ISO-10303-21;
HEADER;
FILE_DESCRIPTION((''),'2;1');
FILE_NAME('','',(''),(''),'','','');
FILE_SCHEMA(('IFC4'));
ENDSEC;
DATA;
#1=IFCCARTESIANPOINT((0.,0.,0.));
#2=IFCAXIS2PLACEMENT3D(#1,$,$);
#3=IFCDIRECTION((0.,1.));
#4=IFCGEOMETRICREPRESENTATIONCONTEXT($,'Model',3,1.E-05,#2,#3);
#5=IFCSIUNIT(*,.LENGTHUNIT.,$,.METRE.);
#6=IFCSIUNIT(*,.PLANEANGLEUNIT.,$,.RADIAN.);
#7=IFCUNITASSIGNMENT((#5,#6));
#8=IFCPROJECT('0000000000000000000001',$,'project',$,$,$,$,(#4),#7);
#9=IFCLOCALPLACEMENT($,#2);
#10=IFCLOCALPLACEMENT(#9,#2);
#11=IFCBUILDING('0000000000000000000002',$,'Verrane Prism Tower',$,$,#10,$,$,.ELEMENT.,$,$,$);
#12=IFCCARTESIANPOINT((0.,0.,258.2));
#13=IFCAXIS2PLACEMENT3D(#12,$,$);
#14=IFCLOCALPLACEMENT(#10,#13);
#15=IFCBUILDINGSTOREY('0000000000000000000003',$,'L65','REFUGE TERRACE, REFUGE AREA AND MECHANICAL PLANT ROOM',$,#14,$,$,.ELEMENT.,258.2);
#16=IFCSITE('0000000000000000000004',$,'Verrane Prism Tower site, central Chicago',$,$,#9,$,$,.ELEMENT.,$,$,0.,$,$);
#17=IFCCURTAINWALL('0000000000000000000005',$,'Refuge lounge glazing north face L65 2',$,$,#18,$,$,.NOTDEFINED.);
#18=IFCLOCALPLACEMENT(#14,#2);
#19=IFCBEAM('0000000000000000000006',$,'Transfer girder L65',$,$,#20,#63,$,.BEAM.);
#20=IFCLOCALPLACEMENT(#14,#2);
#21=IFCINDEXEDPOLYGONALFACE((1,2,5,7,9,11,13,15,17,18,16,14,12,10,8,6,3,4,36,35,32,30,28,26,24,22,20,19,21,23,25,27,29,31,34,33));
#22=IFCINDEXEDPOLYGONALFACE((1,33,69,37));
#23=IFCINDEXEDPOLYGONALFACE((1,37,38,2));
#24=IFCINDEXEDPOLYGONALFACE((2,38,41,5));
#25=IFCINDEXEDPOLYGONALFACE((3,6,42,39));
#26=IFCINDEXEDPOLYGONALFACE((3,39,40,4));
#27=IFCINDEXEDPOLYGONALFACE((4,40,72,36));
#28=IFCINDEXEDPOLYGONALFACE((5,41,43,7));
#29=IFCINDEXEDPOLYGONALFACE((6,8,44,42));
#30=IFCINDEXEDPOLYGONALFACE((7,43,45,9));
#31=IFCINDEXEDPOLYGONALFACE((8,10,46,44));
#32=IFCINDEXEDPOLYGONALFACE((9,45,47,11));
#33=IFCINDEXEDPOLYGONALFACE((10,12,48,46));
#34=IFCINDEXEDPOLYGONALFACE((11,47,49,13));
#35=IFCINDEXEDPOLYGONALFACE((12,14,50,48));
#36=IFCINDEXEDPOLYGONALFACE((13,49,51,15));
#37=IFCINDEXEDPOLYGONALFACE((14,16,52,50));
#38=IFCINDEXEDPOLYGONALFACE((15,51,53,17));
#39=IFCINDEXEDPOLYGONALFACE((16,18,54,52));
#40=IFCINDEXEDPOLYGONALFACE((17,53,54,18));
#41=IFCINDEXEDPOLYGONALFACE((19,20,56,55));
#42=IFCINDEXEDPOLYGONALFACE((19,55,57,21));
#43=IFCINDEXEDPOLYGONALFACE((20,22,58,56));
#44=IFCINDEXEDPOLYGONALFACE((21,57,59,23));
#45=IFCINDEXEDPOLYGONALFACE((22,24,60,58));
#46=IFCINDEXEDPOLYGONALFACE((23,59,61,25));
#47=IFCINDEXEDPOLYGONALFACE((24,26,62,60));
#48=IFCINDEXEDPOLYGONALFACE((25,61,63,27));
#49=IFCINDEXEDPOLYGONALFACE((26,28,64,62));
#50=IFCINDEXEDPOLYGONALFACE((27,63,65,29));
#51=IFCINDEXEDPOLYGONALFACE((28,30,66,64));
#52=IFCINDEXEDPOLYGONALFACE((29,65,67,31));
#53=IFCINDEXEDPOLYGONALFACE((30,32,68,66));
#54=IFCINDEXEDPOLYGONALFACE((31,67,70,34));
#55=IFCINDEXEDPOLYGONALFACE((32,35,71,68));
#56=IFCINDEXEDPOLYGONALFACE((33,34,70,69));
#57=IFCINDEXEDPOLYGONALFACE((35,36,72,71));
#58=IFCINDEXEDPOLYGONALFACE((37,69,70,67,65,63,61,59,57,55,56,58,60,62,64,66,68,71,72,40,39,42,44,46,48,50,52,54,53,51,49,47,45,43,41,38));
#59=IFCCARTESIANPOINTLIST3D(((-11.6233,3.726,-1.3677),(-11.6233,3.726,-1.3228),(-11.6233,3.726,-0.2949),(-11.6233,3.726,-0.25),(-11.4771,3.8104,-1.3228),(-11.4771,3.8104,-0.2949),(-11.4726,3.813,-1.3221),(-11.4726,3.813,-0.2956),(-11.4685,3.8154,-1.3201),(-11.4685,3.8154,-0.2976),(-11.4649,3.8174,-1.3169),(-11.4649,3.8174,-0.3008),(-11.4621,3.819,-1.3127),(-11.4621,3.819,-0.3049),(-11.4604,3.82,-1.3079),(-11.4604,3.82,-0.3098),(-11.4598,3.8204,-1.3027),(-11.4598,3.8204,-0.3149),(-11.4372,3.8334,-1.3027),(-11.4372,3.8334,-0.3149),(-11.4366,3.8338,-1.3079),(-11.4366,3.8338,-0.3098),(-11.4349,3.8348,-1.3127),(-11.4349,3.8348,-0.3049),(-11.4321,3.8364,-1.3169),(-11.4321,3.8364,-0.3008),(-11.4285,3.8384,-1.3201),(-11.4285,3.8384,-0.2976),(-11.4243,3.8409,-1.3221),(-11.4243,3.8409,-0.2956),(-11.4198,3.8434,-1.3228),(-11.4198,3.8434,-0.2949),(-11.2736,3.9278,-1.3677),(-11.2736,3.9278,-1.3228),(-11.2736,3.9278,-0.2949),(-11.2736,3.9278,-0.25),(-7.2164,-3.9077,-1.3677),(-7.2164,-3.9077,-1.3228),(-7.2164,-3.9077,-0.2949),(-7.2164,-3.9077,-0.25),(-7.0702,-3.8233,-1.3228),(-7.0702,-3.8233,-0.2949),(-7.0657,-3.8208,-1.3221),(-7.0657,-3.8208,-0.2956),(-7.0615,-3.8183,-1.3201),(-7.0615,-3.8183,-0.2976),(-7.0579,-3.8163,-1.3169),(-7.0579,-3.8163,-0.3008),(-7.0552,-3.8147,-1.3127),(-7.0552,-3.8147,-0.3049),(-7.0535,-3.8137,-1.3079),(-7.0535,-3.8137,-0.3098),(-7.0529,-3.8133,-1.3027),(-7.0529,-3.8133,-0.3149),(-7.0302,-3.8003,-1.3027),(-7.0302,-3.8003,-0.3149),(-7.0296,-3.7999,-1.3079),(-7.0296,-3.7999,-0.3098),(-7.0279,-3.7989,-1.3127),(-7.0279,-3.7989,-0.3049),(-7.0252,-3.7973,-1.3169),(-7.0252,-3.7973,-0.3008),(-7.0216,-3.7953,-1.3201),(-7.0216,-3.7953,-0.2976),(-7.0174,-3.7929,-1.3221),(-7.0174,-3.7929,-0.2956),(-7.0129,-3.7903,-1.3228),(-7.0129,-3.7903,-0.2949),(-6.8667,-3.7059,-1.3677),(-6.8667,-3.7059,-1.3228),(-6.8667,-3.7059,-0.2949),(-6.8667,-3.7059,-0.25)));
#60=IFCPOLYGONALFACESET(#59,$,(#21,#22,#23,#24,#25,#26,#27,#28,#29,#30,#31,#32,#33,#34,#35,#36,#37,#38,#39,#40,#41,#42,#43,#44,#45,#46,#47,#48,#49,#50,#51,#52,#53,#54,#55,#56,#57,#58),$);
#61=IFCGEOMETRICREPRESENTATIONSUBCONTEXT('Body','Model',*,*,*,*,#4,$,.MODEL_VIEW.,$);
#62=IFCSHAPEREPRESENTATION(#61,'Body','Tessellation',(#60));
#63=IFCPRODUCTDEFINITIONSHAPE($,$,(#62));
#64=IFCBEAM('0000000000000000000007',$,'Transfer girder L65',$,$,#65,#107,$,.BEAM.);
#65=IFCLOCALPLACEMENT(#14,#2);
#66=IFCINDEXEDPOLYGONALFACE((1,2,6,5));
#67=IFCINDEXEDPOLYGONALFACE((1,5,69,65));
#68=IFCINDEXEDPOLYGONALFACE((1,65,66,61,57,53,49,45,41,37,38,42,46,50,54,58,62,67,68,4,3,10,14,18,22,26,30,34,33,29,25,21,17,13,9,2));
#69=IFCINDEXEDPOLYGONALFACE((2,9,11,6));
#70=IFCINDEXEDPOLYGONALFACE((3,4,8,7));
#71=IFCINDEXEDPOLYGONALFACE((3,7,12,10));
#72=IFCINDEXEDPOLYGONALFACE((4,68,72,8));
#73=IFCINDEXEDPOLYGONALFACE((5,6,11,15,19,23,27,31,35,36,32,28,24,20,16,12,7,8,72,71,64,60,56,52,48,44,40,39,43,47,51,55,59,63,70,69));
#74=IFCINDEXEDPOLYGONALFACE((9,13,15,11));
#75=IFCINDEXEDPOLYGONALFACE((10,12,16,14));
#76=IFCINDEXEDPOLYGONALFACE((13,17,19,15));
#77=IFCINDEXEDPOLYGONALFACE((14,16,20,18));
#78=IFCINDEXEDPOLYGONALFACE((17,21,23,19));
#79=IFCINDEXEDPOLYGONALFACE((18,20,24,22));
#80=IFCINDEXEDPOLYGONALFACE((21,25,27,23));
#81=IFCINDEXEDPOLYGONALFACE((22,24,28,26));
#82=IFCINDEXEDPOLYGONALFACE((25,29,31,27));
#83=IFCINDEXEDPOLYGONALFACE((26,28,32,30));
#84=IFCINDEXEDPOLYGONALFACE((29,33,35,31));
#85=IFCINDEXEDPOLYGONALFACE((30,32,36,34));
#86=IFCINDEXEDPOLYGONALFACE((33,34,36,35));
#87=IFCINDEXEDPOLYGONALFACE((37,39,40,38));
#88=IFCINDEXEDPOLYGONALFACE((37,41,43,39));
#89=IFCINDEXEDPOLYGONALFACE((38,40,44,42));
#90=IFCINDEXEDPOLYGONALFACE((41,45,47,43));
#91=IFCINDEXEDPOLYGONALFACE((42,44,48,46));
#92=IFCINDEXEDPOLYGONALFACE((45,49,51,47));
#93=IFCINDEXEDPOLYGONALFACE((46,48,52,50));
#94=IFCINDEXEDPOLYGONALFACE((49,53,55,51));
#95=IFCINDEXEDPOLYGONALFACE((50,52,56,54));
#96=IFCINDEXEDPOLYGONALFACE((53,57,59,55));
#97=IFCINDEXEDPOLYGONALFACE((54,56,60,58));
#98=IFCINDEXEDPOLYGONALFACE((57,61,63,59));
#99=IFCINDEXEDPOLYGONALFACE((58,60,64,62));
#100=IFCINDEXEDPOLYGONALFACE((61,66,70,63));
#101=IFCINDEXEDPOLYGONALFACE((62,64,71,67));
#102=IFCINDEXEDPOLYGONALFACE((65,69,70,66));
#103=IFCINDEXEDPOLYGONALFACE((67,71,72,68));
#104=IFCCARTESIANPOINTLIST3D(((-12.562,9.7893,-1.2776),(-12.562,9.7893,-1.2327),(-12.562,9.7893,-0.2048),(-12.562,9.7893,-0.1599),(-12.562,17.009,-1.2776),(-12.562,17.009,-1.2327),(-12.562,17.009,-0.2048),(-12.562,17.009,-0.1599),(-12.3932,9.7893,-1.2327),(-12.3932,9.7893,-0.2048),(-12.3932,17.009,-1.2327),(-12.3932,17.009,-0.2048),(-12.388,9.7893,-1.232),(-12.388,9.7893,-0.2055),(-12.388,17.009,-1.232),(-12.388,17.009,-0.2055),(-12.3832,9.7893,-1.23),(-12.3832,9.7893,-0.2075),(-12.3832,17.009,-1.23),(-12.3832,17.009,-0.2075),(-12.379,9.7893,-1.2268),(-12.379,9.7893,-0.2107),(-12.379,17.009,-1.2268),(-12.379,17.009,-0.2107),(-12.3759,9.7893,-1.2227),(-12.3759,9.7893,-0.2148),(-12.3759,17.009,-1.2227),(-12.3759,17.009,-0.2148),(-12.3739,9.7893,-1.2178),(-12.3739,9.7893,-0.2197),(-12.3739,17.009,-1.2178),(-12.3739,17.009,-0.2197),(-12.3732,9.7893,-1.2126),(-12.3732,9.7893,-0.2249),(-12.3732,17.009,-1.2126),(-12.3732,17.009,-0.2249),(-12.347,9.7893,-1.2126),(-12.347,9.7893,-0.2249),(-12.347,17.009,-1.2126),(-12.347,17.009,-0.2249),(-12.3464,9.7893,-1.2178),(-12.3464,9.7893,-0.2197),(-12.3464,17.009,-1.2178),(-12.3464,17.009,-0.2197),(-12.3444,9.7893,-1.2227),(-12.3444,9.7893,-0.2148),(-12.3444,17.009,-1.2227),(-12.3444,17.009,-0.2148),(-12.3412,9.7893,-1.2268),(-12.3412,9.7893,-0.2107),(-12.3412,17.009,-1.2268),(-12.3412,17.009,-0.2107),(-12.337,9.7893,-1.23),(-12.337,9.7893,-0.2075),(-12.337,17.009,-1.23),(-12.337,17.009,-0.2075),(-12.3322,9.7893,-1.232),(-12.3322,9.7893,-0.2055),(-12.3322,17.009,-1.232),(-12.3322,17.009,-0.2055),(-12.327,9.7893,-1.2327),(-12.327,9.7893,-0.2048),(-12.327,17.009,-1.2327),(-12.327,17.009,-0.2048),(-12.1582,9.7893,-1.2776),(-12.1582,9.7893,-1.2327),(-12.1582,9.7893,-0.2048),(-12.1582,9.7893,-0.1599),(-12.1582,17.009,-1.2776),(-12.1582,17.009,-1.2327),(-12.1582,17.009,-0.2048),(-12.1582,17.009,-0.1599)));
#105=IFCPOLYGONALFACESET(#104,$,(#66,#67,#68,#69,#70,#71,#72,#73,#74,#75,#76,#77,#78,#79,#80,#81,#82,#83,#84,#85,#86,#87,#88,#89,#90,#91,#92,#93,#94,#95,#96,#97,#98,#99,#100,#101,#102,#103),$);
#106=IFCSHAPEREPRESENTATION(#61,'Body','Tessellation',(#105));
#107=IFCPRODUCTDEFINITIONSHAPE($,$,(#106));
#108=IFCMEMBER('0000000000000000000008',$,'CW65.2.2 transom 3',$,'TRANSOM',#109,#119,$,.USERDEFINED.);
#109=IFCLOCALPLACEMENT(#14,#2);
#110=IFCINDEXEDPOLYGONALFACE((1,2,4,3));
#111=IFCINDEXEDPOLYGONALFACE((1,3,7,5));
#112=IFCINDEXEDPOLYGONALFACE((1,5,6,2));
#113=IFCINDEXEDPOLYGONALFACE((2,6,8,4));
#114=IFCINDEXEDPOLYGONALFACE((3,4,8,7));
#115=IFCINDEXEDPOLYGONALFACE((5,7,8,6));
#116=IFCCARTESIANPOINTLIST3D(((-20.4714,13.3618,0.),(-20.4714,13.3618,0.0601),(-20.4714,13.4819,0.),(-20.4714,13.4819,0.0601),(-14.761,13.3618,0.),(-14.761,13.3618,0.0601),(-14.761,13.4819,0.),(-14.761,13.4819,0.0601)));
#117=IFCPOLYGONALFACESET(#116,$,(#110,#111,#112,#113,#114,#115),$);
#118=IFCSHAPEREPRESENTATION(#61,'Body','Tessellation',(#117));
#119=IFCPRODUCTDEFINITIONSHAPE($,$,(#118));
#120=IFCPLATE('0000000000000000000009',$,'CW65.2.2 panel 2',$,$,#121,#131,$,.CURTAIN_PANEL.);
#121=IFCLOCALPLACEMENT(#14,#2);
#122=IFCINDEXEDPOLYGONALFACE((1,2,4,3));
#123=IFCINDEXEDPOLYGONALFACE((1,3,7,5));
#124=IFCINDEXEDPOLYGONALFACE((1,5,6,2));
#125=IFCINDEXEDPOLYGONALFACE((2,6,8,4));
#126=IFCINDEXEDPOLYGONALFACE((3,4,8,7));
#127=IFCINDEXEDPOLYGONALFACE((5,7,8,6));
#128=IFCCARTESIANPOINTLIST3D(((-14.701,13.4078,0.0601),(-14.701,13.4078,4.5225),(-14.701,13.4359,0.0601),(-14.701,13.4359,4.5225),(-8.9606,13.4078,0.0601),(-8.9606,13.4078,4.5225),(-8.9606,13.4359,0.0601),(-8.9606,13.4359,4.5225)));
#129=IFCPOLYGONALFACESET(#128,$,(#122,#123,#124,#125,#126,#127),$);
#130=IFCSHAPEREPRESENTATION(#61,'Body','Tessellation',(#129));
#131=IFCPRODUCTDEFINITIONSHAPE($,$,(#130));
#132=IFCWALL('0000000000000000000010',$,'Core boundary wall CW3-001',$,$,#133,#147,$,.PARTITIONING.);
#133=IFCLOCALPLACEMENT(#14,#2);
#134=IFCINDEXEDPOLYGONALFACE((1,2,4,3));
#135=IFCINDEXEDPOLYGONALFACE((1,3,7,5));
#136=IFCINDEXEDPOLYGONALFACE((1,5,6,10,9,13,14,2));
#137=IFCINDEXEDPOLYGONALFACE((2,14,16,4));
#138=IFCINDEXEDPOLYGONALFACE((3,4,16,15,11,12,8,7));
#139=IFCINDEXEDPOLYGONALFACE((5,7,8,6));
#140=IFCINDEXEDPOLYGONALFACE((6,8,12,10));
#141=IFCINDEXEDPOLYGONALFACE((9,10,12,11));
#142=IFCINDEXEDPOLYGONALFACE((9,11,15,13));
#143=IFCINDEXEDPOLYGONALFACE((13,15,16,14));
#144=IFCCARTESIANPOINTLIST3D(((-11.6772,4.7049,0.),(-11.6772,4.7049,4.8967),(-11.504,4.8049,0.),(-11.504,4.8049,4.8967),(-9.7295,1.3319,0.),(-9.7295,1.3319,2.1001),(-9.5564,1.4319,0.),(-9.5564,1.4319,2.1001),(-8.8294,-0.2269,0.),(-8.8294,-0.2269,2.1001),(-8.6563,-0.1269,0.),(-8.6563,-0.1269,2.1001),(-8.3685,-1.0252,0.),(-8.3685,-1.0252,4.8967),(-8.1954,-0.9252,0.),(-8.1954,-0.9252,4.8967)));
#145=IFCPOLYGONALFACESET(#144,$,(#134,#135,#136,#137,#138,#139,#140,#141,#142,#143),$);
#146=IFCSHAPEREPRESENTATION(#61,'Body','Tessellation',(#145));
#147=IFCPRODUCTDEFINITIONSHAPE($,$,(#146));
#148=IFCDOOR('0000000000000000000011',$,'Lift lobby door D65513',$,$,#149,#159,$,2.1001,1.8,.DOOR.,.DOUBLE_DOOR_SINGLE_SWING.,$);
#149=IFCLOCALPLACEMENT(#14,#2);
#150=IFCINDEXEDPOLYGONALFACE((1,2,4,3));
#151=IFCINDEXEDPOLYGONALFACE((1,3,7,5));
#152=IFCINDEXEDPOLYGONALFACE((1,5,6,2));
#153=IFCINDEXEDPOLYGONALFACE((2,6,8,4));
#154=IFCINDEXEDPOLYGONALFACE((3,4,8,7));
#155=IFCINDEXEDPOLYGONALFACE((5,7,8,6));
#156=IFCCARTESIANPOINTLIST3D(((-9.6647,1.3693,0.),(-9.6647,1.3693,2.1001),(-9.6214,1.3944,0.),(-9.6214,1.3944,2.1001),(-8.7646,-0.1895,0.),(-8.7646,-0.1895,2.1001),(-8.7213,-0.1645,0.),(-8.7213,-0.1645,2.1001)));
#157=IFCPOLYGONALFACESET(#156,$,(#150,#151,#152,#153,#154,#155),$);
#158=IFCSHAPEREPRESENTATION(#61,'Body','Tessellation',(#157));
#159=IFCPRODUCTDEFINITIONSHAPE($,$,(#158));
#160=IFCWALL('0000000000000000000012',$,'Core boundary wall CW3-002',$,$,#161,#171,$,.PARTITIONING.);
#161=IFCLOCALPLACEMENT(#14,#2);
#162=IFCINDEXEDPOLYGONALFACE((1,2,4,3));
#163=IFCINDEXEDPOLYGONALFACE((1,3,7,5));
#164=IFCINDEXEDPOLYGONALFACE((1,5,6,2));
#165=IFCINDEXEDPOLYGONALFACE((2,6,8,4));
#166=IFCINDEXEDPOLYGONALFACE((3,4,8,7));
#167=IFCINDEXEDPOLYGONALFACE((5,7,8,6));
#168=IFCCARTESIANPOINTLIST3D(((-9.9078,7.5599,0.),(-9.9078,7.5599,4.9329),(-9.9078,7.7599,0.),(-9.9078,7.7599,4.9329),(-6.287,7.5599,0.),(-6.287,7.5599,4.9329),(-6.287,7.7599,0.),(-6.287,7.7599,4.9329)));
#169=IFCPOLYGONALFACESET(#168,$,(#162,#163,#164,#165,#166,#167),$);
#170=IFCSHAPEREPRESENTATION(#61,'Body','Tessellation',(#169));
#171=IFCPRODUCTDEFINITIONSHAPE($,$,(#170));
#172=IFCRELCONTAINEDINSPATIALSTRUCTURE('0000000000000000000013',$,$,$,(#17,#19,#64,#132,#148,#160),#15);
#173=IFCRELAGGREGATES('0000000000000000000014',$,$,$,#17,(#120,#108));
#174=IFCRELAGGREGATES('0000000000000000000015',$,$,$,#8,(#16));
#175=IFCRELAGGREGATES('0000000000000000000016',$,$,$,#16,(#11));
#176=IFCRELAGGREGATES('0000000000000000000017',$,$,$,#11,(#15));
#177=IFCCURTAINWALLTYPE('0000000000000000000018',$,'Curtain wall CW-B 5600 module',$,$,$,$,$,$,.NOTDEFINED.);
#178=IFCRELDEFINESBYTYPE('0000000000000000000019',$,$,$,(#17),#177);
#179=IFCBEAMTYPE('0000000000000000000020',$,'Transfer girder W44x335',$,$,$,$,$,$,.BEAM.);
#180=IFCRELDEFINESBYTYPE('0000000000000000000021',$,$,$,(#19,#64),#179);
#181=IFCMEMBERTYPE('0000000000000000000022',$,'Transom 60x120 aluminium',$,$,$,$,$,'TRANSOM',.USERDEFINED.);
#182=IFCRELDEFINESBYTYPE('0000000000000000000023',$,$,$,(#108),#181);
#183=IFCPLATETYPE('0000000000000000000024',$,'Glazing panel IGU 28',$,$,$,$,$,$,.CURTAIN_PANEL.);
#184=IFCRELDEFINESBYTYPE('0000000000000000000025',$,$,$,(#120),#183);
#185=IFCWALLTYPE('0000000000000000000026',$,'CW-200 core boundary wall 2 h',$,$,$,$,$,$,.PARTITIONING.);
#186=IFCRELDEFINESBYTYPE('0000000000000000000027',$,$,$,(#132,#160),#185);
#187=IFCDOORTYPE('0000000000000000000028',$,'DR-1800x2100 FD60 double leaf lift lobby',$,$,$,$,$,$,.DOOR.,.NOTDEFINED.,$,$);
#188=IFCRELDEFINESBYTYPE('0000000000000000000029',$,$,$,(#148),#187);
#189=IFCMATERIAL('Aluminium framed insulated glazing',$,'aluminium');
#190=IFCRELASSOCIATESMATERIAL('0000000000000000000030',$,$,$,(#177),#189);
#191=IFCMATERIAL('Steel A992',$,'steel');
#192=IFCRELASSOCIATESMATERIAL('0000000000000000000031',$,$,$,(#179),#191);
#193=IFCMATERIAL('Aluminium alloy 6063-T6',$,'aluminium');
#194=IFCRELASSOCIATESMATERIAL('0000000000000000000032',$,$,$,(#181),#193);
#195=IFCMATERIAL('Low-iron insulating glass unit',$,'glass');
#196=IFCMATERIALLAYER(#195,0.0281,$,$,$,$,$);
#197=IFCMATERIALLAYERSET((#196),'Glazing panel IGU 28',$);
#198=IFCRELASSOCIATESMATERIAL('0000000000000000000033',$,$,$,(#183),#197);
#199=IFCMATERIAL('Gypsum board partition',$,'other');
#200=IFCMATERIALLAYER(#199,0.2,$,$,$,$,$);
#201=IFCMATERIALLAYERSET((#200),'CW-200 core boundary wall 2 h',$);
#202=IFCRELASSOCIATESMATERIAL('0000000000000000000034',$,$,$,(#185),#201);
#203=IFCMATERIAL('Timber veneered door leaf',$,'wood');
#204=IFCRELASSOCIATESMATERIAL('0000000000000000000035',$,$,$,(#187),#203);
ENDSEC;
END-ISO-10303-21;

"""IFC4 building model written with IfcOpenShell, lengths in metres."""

from ifc_helpers import new_model, si_unit, direction, frame, frame_2d, origin, origin_2d, place, context, subcontext, project, spatial, rectangle, i_section, extrude, material, layer, layer_set, material_profile, profile_set, type_object, element, fill, aggregate, save


model = new_model("IFC4")

# Units and contexts
model_context = context("Model", 3, precision=1e-05, world=origin(), true_north=direction((0.0, 1.0)))
body_context = subcontext(model_context, "Body", "Model", "MODEL_VIEW")
ifc_project = project(units=[si_unit("LENGTHUNIT", "METRE"), si_unit("PLANEANGLEUNIT", "RADIAN")], contexts=[model_context])

# Site, building, storey
site_placement = place(None, origin())
site = spatial("IfcSite", under=ifc_project, at=site_placement, Name="Verrane Prism Tower site, central Chicago", CompositionType="ELEMENT", RefElevation=0.0)
building_placement = place(site_placement, origin())
building = spatial("IfcBuilding", under=site, at=building_placement, Name="Verrane Prism Tower", CompositionType="ELEMENT")
storey_placement = place(building_placement, frame((0.0, 0.0, 258.2)))
storey = spatial("IfcBuildingStorey", under=building, at=storey_placement, Name="L65", Description="REFUGE TERRACE, REFUGE AREA AND MECHANICAL PLANT ROOM", CompositionType="ELEMENT", Elevation=258.2)

# Curtain wall
ifc_material_1 = material(Name="Aluminium framed insulated glazing", Category="aluminium")
curtain_wall_type = type_object("IfcCurtainWallType", Name="Curtain wall CW-B 5600 module", PredefinedType="NOTDEFINED", material=ifc_material_1)
curtain_wall_placement = place(storey_placement, origin())
curtain_wall = element("IfcCurtainWall", 1, at=curtain_wall_placement, inside=storey, type_object=curtain_wall_type, Name="Refuge lounge glazing north face L65 2", PredefinedType="NOTDEFINED")

# Beams
ifc_material_2 = material(Name="Steel A992", Category="steel")
ifc_material_profile_1 = material_profile(ifc_material_2, i_section(OverallWidth=0.4038, OverallDepth=1.1177, WebThickness=0.0261, FlangeThickness=0.0449, FilletRadius=0.02, at=origin_2d()), Name="W44x335")
ifc_profile_set_1 = profile_set([ifc_material_profile_1], Name="Steel A992")
beam_type_1 = type_object("IfcBeamType", Name="Transfer girder W44x335", PredefinedType="BEAM", material=ifc_profile_set_1)
beam_1_placement = place(storey_placement, frame((-11.4485, 3.8269, -0.8088), z_axis=(0.499967, -0.866044, 0.0), x_axis=(0.866044, 0.499967, 0.0)))
element("IfcBeam", 2, at=beam_1_placement, inside=storey, type_object=beam_type_1, Name="Transfer girder L65", PredefinedType="BEAM", context=body_context, shape_type="SweptSolid", body=[
    extrude(i_section(OverallWidth=0.4038, OverallDepth=1.1177, WebThickness=0.0261, FlangeThickness=0.0449, FilletRadius=0.02, at=origin_2d()), origin(), (0.0, 0.0, 1.0), 8.8145),
])
beam_2_placement = place(storey_placement, frame((-12.3601, 17.009, -0.7188), z_axis=(0.0, -1.0, 0.0), x_axis=(1.0, 0.0, 0.0)))
element("IfcBeam", 3, at=beam_2_placement, inside=storey, type_object=beam_type_1, Name="Transfer girder L65", PredefinedType="BEAM", context=body_context, shape_type="SweptSolid", body=[
    extrude(i_section(OverallWidth=0.4038, OverallDepth=1.1177, WebThickness=0.0261, FlangeThickness=0.0449, FilletRadius=0.02, at=origin_2d()), origin(), (0.0, 0.0, 1.0), 7.2197),
])

# Member
ifc_material_3 = material(Name="Aluminium alloy 6063-T6", Category="aluminium")
ifc_material_profile_2 = material_profile(ifc_material_3, rectangle(XDim=0.1201, YDim=0.0601, at=origin_2d()), Name="Transom 60x120 aluminium")
ifc_profile_set_2 = profile_set([ifc_material_profile_2], Name="Aluminium alloy 6063-T6")
member_type_1 = type_object("IfcMemberType", Name="Transom 60x120 aluminium", ElementType="TRANSOM", PredefinedType="USERDEFINED", material=ifc_profile_set_2)
member_1_placement = place(storey_placement, frame((-14.761, 13.4219, 0.03), z_axis=(-1.0, 0.0, 0.0), x_axis=(0.0, -1.0, 0.0)))
member_1 = element("IfcMember", 4, at=member_1_placement, type_object=member_type_1, Name="CW65.2.2 transom 3", ObjectType="TRANSOM", PredefinedType="USERDEFINED", context=body_context, shape_type="SweptSolid", body=[
    extrude(rectangle(XDim=0.1201, YDim=0.0601, at=origin_2d()), origin(), (0.0, 0.0, 1.0), 5.7104),
])

# Plate
ifc_material_4 = material(Name="Low-iron insulating glass unit", Category="glass")
ifc_layer_1 = layer(ifc_material_4, 0.0281)
ifc_layer_set_1 = layer_set([ifc_layer_1], Name="Glazing panel IGU 28")
plate_type = type_object("IfcPlateType", Name="Glazing panel IGU 28", PredefinedType="CURTAIN_PANEL", material=ifc_layer_set_1)
plate_placement = place(storey_placement, frame((-11.8308, 13.4219, 0.0601), z_axis=(0.0, 0.0, 1.0), x_axis=(-1.0, 0.0, 0.0)))
plate = element("IfcPlate", 5, at=plate_placement, type_object=plate_type, Name="CW65.2.2 panel 2", PredefinedType="CURTAIN_PANEL", context=body_context, shape_type="SweptSolid", body=[
    extrude(rectangle(XDim=5.7405, YDim=0.0281, at=origin_2d()), origin(), (0.0, 0.0, 1.0), 4.4624),
])
aggregate(curtain_wall, [plate, member_1])

# Wall, opening, door
ifc_material_5 = material(Name="Gypsum board partition", Category="other")
ifc_layer_2 = layer(ifc_material_5, 0.2)
ifc_layer_set_2 = layer_set([ifc_layer_2], Name="CW-200 core boundary wall 2 h")
wall_type_1 = type_object("IfcWallType", Name="CW-200 core boundary wall 2 h", PredefinedType="PARTITIONING", material=ifc_layer_set_2)
wall_1_placement = place(storey_placement, frame((-11.5906, 4.7549, 0.0), z_axis=(0.0, 0.0, 1.0), x_axis=(0.500044, -0.866, 0.0)))
wall_1 = element("IfcWall", 6, at=wall_1_placement, inside=storey, type_object=wall_type_1, Name="Core boundary wall CW3-001", PredefinedType="PARTITIONING", context=body_context, shape_type="SweptSolid", body=[
    extrude(rectangle(XDim=6.6167, YDim=0.2, at=frame_2d((3.3083, 0.0))), origin(), (0.0, 0.0, 1.0), 4.8967),
])
opening_1_placement = place(wall_1_placement, frame((3.895, 0.0, 0.0)))
opening_1 = element("IfcOpeningElement", 7, at=opening_1_placement, cuts=wall_1, PredefinedType="OPENING", context=body_context, shape_type="SweptSolid", body=[
    extrude(rectangle(XDim=1.8, YDim=2.1001, at=frame_2d((0.8999, 1.05))), frame((0.0, 0.1099, 0.0), z_axis=(0.0, -1.0, 0.0), x_axis=(1.0, 0.0, 0.0)), (0.0, 0.0, 1.0), 0.22),
])
ifc_material_6 = material(Name="Timber veneered door leaf", Category="wood")
door_type_1 = type_object("IfcDoorType", Name="DR-1800x2100 FD60 double leaf lift lobby", OperationType="NOTDEFINED", PredefinedType="DOOR", material=ifc_material_6)
door_1_placement = place(opening_1_placement, origin())
door_1 = element("IfcDoor", 8, at=door_1_placement, inside=storey, type_object=door_type_1, Name="Lift lobby door D65513", OperationType="DOUBLE_DOOR_SINGLE_SWING", OverallHeight=2.1001, OverallWidth=1.8, PredefinedType="DOOR", context=body_context, shape_type="SweptSolid", body=[
    extrude(rectangle(XDim=1.8, YDim=2.1001, at=frame_2d((0.8999, 1.05))), frame((0.0, 0.0249, 0.0), z_axis=(0.0, -1.0, 0.0), x_axis=(1.0, 0.0, 0.0)), (0.0, 0.0, 1.0), 0.05),
])
fill(opening_1, door_1)

# Wall
wall_2_placement = place(storey_placement, frame((-9.908, 7.6599, 0.0), z_axis=(0.0, 0.0, 1.0), x_axis=(1.0, 0.0, 0.0)))
element("IfcWall", 9, at=wall_2_placement, inside=storey, type_object=wall_type_1, Name="Core boundary wall CW3-002", PredefinedType="PARTITIONING", context=body_context, shape_type="SweptSolid", body=[
    extrude(rectangle(XDim=3.6208, YDim=0.2, at=frame_2d((1.8105, 0.0))), origin(), (0.0, 0.0, 1.0), 4.9329),
])

save(model, "model.ifc")
